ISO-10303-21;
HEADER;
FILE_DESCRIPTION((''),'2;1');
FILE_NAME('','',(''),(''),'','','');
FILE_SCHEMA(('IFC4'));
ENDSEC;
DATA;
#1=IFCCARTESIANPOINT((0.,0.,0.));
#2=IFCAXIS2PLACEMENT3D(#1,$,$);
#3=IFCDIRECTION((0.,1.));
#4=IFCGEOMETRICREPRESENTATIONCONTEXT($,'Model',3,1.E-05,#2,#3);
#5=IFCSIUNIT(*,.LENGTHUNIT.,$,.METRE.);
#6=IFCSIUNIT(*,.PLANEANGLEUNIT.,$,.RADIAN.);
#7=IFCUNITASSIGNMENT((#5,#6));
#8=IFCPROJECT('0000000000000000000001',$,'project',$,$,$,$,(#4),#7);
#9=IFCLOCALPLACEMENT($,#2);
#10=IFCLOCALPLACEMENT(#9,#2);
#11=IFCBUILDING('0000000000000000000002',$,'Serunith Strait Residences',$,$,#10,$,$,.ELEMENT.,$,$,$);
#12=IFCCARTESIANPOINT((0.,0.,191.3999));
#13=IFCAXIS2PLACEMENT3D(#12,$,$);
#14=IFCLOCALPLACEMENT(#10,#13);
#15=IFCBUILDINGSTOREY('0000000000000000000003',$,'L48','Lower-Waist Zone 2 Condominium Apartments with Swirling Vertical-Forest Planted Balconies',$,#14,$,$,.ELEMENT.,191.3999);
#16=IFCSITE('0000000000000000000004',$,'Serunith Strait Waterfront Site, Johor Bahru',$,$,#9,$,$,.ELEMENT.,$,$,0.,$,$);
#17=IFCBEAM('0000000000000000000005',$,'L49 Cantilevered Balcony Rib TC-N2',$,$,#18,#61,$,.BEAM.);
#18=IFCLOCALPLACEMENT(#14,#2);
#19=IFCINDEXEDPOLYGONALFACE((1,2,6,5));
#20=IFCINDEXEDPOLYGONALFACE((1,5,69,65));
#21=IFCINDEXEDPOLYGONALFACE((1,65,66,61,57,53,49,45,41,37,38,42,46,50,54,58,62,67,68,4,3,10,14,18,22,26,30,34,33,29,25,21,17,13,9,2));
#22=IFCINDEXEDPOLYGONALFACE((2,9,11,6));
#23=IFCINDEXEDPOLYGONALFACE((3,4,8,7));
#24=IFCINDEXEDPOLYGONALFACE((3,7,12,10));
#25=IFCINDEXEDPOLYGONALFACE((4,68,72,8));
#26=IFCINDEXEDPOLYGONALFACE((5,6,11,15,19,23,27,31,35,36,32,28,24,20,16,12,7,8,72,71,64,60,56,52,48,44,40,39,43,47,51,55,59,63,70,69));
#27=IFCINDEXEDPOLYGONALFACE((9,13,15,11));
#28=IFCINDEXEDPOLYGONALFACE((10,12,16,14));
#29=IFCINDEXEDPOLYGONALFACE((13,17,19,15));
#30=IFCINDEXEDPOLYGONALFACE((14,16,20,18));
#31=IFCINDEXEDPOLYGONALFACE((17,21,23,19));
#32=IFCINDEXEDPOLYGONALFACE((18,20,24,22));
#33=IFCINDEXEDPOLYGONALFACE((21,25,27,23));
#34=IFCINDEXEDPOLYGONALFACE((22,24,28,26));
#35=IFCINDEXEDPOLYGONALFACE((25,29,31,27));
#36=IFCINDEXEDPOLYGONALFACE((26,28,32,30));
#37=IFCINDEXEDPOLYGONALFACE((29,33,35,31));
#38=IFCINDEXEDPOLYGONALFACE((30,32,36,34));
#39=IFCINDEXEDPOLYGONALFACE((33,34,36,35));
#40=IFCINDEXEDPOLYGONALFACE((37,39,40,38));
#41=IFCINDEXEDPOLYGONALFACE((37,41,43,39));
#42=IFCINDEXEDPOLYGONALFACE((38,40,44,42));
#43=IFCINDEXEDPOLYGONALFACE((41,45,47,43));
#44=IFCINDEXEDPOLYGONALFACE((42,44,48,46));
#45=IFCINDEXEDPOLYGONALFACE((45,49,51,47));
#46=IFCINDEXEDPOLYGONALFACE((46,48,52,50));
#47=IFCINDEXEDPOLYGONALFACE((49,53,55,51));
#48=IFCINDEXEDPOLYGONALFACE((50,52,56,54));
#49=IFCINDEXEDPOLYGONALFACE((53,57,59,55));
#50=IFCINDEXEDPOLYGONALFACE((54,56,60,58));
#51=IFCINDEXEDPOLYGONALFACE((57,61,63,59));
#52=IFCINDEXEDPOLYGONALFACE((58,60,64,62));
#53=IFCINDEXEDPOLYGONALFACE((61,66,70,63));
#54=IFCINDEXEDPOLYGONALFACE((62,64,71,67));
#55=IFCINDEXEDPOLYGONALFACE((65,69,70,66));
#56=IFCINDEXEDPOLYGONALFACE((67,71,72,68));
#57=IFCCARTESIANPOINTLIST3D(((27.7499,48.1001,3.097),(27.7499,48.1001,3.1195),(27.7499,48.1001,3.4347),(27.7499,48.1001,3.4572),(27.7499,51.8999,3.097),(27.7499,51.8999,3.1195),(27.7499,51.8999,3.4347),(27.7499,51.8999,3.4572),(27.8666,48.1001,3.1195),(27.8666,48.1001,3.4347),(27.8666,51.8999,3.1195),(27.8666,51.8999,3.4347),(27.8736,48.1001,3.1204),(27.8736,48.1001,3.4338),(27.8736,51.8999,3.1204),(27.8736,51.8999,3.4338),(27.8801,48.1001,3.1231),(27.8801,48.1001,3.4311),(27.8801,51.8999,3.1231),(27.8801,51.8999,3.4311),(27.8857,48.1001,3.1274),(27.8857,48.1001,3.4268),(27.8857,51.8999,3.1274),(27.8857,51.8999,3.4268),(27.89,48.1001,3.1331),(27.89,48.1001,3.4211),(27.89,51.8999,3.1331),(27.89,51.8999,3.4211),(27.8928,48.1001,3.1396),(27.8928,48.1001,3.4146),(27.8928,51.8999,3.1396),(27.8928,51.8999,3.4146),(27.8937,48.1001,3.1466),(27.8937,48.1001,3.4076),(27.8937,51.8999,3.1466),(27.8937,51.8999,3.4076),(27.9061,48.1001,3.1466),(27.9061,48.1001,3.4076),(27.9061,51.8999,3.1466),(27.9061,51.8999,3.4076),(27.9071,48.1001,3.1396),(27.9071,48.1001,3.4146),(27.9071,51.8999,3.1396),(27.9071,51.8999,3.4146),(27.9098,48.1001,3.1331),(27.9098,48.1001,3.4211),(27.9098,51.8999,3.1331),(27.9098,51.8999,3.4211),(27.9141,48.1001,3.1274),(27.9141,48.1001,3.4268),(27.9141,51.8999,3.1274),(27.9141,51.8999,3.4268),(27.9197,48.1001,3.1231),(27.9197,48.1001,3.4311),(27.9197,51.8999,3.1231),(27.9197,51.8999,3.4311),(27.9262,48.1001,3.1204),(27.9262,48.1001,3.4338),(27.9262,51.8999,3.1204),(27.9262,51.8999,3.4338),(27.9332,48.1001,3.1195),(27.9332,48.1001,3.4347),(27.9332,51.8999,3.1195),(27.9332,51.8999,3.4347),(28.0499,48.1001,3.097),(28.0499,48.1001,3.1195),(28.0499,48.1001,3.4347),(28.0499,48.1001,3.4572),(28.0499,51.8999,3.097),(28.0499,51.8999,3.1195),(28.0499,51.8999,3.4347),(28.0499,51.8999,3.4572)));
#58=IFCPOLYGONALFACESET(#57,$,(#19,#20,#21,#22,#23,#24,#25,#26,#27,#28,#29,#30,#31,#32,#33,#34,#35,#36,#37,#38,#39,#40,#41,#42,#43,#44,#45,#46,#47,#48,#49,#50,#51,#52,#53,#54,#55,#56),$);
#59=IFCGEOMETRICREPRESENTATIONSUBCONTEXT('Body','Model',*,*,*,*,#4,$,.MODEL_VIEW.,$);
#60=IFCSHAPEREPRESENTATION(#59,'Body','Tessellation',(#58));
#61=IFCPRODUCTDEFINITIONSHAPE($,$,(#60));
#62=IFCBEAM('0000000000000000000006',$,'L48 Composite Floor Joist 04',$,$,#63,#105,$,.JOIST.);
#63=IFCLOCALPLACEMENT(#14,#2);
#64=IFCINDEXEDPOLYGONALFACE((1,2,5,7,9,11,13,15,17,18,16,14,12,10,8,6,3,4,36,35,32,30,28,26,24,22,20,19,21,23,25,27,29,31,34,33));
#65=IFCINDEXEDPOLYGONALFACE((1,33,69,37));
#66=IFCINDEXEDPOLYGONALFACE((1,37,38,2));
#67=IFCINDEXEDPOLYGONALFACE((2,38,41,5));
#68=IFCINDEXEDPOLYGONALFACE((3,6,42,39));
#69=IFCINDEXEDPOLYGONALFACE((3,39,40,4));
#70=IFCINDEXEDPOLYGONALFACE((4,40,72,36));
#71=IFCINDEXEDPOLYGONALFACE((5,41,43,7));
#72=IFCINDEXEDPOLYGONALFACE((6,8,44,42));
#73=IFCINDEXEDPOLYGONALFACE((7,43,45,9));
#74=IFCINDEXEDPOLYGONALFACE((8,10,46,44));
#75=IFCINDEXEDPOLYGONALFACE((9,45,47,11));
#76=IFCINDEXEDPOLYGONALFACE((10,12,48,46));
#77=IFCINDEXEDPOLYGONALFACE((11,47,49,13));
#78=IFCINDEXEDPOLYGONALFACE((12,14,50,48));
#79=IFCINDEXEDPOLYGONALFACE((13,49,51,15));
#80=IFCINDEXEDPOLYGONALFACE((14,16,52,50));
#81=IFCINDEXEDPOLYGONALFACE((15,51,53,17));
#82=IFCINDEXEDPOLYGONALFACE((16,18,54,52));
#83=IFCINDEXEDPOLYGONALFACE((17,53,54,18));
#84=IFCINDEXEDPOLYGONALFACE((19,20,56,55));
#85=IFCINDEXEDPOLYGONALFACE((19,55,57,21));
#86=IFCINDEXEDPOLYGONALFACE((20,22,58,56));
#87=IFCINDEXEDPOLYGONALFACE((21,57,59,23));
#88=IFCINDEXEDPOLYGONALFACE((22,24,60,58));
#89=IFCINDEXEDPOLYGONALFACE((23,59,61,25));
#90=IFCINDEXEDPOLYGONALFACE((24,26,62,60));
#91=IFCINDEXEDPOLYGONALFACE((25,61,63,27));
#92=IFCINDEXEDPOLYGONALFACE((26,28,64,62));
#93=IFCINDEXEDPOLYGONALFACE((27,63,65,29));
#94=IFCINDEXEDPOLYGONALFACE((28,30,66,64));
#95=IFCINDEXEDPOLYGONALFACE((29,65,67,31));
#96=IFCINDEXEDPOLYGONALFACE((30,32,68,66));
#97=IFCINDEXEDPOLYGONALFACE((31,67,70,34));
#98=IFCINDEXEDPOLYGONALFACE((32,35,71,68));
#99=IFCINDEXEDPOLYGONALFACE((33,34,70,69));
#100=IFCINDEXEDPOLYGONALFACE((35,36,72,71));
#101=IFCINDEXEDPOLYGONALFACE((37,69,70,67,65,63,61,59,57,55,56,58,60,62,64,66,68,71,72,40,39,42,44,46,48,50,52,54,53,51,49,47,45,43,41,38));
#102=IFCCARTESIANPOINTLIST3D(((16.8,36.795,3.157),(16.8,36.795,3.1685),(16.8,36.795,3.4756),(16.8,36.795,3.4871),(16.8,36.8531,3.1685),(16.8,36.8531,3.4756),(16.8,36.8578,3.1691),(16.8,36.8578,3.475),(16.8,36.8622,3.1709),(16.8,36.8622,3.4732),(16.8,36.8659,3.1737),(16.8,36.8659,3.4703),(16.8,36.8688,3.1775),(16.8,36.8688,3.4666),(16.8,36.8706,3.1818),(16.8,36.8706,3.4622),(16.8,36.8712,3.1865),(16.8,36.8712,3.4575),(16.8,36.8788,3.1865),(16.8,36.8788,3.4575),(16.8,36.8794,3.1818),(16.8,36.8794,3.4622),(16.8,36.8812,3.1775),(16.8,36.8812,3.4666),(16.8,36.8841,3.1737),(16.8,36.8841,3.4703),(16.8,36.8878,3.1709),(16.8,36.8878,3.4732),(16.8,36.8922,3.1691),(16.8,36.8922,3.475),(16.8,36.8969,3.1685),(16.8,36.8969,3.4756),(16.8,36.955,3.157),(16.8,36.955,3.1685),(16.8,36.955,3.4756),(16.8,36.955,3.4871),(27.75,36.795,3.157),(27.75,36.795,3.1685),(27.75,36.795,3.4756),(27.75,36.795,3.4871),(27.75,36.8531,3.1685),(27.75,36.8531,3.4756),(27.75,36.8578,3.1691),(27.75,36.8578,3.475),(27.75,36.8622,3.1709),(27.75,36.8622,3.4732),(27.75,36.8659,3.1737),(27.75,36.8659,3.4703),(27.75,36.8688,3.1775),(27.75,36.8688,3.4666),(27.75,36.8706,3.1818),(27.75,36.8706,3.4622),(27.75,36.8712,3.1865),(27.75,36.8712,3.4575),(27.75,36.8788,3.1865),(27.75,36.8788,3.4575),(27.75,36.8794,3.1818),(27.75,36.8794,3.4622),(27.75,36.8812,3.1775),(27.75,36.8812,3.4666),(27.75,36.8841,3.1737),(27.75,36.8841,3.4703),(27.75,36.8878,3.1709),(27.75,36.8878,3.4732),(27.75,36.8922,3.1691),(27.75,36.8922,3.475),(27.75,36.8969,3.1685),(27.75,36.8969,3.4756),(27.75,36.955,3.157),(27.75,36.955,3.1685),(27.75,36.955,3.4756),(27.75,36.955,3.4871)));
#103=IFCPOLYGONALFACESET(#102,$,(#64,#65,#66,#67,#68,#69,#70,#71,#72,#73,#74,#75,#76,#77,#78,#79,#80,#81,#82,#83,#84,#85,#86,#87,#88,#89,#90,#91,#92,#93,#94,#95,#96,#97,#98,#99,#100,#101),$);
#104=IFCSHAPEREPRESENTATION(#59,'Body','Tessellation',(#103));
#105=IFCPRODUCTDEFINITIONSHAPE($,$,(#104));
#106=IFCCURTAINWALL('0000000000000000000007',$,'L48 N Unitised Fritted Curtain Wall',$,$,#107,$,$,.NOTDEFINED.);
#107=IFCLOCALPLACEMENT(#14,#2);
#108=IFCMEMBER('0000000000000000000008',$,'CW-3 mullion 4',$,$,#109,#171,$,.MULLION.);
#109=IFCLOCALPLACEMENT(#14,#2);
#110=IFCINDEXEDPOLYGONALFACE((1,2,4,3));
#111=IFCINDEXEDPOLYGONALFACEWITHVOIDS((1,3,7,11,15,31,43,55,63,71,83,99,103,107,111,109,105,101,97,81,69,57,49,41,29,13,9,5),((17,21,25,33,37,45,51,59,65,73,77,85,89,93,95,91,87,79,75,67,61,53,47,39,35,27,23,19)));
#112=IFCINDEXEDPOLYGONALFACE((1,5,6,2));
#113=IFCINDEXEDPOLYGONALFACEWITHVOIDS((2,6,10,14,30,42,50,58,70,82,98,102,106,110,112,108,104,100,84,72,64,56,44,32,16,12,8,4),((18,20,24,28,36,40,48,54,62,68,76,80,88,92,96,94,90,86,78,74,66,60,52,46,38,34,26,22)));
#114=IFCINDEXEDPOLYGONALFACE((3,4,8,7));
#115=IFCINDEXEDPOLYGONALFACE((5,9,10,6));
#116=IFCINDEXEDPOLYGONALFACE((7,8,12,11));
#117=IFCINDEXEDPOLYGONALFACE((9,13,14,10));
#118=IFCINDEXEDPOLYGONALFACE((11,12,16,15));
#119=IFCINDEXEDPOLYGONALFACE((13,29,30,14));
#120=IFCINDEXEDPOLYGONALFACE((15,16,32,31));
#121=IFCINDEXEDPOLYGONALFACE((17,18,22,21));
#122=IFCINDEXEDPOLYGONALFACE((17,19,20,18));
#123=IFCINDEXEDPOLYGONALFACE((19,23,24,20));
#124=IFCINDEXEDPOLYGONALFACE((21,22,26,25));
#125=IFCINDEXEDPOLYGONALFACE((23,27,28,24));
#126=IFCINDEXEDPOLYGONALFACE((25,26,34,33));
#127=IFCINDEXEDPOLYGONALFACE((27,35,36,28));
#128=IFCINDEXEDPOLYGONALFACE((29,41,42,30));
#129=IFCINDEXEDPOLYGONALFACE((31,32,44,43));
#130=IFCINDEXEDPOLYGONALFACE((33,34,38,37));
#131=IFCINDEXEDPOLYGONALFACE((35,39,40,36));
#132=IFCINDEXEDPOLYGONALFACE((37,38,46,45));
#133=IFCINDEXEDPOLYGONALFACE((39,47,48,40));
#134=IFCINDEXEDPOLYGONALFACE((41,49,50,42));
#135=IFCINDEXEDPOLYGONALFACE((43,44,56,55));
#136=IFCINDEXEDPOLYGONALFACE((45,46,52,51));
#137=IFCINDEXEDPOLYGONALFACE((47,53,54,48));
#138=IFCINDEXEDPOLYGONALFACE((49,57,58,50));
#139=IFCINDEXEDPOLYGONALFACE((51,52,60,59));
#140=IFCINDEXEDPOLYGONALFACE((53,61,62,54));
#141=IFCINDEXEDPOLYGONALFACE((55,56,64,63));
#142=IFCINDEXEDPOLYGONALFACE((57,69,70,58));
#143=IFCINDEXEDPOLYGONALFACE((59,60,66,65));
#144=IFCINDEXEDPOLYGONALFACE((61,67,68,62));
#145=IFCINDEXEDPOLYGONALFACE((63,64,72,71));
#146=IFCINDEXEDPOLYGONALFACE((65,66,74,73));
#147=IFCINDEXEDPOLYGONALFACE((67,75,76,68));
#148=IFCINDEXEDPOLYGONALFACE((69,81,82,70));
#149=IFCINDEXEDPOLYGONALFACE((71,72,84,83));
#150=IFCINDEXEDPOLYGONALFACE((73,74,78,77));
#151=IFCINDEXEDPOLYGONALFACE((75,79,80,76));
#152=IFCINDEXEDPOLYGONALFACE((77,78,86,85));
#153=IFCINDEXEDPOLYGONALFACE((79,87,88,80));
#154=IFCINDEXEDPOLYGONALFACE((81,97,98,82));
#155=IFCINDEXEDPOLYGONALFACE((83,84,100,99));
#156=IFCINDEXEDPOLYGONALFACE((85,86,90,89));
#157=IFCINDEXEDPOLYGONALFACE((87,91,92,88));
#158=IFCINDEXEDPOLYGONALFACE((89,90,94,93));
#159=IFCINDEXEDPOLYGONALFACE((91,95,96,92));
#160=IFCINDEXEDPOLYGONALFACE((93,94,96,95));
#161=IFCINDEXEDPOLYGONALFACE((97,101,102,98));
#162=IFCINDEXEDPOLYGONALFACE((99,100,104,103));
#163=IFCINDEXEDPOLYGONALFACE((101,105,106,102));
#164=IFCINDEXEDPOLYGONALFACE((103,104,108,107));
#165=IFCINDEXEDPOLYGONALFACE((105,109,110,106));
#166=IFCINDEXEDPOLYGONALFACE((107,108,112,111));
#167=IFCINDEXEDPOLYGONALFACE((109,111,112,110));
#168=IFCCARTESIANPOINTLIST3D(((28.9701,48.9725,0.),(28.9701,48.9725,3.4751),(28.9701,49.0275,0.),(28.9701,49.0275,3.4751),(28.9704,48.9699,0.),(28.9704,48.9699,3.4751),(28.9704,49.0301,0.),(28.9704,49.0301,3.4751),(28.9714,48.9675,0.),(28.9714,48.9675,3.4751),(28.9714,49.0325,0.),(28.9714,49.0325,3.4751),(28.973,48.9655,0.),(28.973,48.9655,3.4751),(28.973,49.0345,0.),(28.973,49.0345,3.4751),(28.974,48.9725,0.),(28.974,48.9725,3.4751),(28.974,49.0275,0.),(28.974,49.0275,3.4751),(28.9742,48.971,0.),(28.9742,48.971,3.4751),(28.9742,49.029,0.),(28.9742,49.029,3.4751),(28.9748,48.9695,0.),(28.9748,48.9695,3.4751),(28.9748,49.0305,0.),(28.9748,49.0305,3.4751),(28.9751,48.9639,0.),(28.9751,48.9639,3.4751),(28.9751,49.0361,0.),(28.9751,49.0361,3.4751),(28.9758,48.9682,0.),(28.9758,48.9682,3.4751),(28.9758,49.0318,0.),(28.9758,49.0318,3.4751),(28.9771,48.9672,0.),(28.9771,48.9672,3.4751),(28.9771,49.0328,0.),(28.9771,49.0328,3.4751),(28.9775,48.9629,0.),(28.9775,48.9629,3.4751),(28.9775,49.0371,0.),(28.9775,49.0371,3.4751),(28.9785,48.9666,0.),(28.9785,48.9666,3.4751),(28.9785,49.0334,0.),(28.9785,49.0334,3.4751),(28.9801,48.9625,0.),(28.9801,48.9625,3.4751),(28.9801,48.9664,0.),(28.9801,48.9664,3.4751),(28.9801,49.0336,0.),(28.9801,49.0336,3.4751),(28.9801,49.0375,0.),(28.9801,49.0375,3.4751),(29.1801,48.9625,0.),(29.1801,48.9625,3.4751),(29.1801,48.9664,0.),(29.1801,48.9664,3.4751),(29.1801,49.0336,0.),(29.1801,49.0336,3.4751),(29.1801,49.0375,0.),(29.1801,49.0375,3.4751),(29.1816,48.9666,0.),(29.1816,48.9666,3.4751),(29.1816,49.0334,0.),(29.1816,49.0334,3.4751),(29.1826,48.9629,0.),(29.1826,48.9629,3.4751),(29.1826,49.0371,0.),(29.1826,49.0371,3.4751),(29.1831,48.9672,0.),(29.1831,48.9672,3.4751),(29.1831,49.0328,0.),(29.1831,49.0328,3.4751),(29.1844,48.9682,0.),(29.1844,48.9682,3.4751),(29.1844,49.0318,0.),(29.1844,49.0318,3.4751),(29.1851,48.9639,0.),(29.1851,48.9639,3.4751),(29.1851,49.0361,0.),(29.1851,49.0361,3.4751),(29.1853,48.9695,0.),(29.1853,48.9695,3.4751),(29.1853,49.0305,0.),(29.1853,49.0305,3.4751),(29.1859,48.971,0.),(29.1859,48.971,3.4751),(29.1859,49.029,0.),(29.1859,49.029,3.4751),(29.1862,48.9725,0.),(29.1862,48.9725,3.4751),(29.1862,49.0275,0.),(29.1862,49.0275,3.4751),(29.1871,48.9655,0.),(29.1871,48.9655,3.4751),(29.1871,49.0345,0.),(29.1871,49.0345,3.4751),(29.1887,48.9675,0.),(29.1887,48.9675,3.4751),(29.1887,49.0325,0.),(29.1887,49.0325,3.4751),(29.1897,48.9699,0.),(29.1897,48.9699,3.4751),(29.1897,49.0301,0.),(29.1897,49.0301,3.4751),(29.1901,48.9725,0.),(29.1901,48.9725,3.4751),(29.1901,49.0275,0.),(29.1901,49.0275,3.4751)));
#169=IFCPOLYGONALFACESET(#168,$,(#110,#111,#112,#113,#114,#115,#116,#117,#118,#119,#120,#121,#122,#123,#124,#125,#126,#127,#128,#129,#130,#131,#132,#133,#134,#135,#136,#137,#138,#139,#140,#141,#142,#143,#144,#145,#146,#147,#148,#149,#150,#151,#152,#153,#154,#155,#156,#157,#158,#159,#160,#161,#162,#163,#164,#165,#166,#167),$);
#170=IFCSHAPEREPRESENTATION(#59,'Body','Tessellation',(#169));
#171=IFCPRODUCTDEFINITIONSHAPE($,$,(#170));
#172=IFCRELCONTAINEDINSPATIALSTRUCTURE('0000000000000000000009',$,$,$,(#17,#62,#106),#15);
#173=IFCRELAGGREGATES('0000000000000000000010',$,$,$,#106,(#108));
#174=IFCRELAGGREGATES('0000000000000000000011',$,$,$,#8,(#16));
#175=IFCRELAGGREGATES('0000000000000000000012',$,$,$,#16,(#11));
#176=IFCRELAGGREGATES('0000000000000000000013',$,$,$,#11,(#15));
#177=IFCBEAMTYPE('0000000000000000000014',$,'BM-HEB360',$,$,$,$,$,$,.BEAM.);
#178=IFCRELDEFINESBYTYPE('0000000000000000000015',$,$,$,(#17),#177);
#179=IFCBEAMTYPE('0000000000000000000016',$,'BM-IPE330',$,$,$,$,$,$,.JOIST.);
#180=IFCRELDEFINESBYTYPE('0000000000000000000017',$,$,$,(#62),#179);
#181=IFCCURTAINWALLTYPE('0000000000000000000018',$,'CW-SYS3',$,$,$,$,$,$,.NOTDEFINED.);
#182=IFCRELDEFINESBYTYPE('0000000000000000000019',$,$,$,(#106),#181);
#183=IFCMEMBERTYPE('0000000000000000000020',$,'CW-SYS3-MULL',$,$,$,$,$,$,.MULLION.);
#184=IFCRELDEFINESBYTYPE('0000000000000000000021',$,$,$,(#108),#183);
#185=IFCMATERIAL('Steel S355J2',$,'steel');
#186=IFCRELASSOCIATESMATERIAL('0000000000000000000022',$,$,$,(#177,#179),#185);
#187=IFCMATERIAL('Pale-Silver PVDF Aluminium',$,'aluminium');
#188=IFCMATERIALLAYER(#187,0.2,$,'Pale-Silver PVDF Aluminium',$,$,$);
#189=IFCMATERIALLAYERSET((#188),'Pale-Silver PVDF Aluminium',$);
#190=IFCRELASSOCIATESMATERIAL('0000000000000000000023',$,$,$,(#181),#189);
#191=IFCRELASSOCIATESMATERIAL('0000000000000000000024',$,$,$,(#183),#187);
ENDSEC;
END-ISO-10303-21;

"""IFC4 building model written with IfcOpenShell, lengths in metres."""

from ifc_helpers import new_model, si_unit, direction, frame, origin, origin_2d, place, context, subcontext, project, spatial, hollow_rectangle, i_section, extrude, source, transform, mapped, material, layer, layer_set, material_profile, profile_set, type_object, element, aggregate, save


model = new_model("IFC4")

# Units and contexts
model_context = context("Model", 3, precision=1e-05, world=origin(), true_north=direction((0.0, 1.0)))
body_context = subcontext(model_context, "Body", "Model", "MODEL_VIEW")
ifc_project = project(units=[si_unit("LENGTHUNIT", "METRE"), si_unit("PLANEANGLEUNIT", "RADIAN")], contexts=[model_context])

# Site, building, storey
site_placement = place(None, origin())
site = spatial("IfcSite", under=ifc_project, at=site_placement, Name="Serunith Strait Waterfront Site, Johor Bahru", CompositionType="ELEMENT", RefElevation=0.0)
building_placement = place(site_placement, origin())
building = spatial("IfcBuilding", under=site, at=building_placement, Name="Serunith Strait Residences", CompositionType="ELEMENT")
storey_placement = place(building_placement, frame((0.0, 0.0, 191.3999)))
storey = spatial("IfcBuildingStorey", under=building, at=storey_placement, Name="L48", Description="Lower-Waist Zone 2 Condominium Apartments with Swirling Vertical-Forest Planted Balconies", CompositionType="ELEMENT", Elevation=191.3999)

# Beams
ifc_material_1 = material(Name="Steel S355J2", Category="steel")
ifc_material_profile_1 = material_profile(ifc_material_1, i_section(OverallWidth=0.3, OverallDepth=0.3601, WebThickness=0.0125, FlangeThickness=0.0225, FilletRadius=0.0271, at=origin_2d()), Name="HEB 360")
ifc_profile_set_1 = profile_set([ifc_material_profile_1], Name="Steel S355J2")
beam_type_1 = type_object("IfcBeamType", Name="BM-HEB360", PredefinedType="BEAM", material=ifc_profile_set_1)
shared_shape_1 = source(origin(), body_context, "Body", "SweptSolid", [
    extrude(i_section(OverallWidth=0.3, OverallDepth=0.3601, WebThickness=0.0125, FlangeThickness=0.0225, FilletRadius=0.0271, at=origin_2d()), origin(), (0.0, 0.0, 1.0), 3.7998),
])
beam_1_placement = place(storey_placement, frame((27.8999, 48.1001, 3.2771), z_axis=(0.0, 1.0, 0.0), x_axis=(-1.0, 0.0, 0.0)))
element("IfcBeam", 1, at=beam_1_placement, inside=storey, type_object=beam_type_1, Name="L49 Cantilevered Balcony Rib TC-N2", PredefinedType="BEAM", context=body_context, shape_type="MappedRepresentation", body=[
    mapped(shared_shape_1, transform((0.0, 0.0, 0.0), scale=1.0)),
])
ifc_material_profile_2 = material_profile(ifc_material_1, i_section(OverallWidth=0.1599, OverallDepth=0.3301, WebThickness=0.0076, FlangeThickness=0.0115, FilletRadius=0.0181, at=origin_2d()), Name="IPE 330")
ifc_profile_set_2 = profile_set([ifc_material_profile_2], Name="Steel S355J2")
beam_type_2 = type_object("IfcBeamType", Name="BM-IPE330", PredefinedType="JOIST", material=ifc_profile_set_2)
shared_shape_2 = source(origin(), body_context, "Body", "SweptSolid", [
    extrude(i_section(OverallWidth=0.1599, OverallDepth=0.3301, WebThickness=0.0076, FlangeThickness=0.0115, FilletRadius=0.0181, at=origin_2d()), origin(), (0.0, 0.0, 1.0), 10.95),
])
beam_2_placement = place(storey_placement, frame((16.8, 36.875, 3.322), z_axis=(1.0, 0.0, 0.0), x_axis=(0.0, 1.0, 0.0)))
element("IfcBeam", 2, at=beam_2_placement, inside=storey, type_object=beam_type_2, Name="L48 Composite Floor Joist 04", PredefinedType="JOIST", context=body_context, shape_type="MappedRepresentation", body=[
    mapped(shared_shape_2, transform((0.0, 0.0, 0.0), scale=1.0)),
])

# Curtain wall, member
ifc_material_2 = material(Name="Pale-Silver PVDF Aluminium", Category="aluminium")
ifc_layer_1 = layer(ifc_material_2, 0.2, Name="Pale-Silver PVDF Aluminium")
ifc_layer_set_1 = layer_set([ifc_layer_1], Name="Pale-Silver PVDF Aluminium")
curtain_wall_type = type_object("IfcCurtainWallType", Name="CW-SYS3", PredefinedType="NOTDEFINED", material=ifc_layer_set_1)
curtain_wall_placement = place(storey_placement, origin())
curtain_wall = element("IfcCurtainWall", 3, at=curtain_wall_placement, inside=storey, type_object=curtain_wall_type, Name="L48 N Unitised Fritted Curtain Wall", PredefinedType="NOTDEFINED")
ifc_material_profile_3 = material_profile(ifc_material_2, hollow_rectangle(XDim=0.075, YDim=0.22, WallThickness=0.0039, InnerFilletRadius=0.0061, OuterFilletRadius=0.01, at=origin_2d()), Name="ALU 220x75x4")
ifc_profile_set_3 = profile_set([ifc_material_profile_3], Name="Pale-Silver PVDF Aluminium")
member_type_1 = type_object("IfcMemberType", Name="CW-SYS3-MULL", PredefinedType="MULLION", material=ifc_profile_set_3)
shared_shape_3 = source(origin(), body_context, "Body", "SweptSolid", [
    extrude(hollow_rectangle(XDim=0.075, YDim=0.22, WallThickness=0.0039, InnerFilletRadius=0.0061, OuterFilletRadius=0.01, at=origin_2d()), origin(), (0.0, 0.0, 1.0), 3.4751),
])
member_1_placement = place(storey_placement, frame((29.0801, 49.0, 0.0), z_axis=(0.0, 0.0, 1.0), x_axis=(0.0, -1.0, 0.0)))
member_1 = element("IfcMember", 4, at=member_1_placement, type_object=member_type_1, Name="CW-3 mullion 4", PredefinedType="MULLION", context=body_context, shape_type="MappedRepresentation", body=[
    mapped(shared_shape_3, transform((0.0, 0.0, 0.0), scale=1.0)),
])
aggregate(curtain_wall, [member_1])

save(model, "model.ifc")
